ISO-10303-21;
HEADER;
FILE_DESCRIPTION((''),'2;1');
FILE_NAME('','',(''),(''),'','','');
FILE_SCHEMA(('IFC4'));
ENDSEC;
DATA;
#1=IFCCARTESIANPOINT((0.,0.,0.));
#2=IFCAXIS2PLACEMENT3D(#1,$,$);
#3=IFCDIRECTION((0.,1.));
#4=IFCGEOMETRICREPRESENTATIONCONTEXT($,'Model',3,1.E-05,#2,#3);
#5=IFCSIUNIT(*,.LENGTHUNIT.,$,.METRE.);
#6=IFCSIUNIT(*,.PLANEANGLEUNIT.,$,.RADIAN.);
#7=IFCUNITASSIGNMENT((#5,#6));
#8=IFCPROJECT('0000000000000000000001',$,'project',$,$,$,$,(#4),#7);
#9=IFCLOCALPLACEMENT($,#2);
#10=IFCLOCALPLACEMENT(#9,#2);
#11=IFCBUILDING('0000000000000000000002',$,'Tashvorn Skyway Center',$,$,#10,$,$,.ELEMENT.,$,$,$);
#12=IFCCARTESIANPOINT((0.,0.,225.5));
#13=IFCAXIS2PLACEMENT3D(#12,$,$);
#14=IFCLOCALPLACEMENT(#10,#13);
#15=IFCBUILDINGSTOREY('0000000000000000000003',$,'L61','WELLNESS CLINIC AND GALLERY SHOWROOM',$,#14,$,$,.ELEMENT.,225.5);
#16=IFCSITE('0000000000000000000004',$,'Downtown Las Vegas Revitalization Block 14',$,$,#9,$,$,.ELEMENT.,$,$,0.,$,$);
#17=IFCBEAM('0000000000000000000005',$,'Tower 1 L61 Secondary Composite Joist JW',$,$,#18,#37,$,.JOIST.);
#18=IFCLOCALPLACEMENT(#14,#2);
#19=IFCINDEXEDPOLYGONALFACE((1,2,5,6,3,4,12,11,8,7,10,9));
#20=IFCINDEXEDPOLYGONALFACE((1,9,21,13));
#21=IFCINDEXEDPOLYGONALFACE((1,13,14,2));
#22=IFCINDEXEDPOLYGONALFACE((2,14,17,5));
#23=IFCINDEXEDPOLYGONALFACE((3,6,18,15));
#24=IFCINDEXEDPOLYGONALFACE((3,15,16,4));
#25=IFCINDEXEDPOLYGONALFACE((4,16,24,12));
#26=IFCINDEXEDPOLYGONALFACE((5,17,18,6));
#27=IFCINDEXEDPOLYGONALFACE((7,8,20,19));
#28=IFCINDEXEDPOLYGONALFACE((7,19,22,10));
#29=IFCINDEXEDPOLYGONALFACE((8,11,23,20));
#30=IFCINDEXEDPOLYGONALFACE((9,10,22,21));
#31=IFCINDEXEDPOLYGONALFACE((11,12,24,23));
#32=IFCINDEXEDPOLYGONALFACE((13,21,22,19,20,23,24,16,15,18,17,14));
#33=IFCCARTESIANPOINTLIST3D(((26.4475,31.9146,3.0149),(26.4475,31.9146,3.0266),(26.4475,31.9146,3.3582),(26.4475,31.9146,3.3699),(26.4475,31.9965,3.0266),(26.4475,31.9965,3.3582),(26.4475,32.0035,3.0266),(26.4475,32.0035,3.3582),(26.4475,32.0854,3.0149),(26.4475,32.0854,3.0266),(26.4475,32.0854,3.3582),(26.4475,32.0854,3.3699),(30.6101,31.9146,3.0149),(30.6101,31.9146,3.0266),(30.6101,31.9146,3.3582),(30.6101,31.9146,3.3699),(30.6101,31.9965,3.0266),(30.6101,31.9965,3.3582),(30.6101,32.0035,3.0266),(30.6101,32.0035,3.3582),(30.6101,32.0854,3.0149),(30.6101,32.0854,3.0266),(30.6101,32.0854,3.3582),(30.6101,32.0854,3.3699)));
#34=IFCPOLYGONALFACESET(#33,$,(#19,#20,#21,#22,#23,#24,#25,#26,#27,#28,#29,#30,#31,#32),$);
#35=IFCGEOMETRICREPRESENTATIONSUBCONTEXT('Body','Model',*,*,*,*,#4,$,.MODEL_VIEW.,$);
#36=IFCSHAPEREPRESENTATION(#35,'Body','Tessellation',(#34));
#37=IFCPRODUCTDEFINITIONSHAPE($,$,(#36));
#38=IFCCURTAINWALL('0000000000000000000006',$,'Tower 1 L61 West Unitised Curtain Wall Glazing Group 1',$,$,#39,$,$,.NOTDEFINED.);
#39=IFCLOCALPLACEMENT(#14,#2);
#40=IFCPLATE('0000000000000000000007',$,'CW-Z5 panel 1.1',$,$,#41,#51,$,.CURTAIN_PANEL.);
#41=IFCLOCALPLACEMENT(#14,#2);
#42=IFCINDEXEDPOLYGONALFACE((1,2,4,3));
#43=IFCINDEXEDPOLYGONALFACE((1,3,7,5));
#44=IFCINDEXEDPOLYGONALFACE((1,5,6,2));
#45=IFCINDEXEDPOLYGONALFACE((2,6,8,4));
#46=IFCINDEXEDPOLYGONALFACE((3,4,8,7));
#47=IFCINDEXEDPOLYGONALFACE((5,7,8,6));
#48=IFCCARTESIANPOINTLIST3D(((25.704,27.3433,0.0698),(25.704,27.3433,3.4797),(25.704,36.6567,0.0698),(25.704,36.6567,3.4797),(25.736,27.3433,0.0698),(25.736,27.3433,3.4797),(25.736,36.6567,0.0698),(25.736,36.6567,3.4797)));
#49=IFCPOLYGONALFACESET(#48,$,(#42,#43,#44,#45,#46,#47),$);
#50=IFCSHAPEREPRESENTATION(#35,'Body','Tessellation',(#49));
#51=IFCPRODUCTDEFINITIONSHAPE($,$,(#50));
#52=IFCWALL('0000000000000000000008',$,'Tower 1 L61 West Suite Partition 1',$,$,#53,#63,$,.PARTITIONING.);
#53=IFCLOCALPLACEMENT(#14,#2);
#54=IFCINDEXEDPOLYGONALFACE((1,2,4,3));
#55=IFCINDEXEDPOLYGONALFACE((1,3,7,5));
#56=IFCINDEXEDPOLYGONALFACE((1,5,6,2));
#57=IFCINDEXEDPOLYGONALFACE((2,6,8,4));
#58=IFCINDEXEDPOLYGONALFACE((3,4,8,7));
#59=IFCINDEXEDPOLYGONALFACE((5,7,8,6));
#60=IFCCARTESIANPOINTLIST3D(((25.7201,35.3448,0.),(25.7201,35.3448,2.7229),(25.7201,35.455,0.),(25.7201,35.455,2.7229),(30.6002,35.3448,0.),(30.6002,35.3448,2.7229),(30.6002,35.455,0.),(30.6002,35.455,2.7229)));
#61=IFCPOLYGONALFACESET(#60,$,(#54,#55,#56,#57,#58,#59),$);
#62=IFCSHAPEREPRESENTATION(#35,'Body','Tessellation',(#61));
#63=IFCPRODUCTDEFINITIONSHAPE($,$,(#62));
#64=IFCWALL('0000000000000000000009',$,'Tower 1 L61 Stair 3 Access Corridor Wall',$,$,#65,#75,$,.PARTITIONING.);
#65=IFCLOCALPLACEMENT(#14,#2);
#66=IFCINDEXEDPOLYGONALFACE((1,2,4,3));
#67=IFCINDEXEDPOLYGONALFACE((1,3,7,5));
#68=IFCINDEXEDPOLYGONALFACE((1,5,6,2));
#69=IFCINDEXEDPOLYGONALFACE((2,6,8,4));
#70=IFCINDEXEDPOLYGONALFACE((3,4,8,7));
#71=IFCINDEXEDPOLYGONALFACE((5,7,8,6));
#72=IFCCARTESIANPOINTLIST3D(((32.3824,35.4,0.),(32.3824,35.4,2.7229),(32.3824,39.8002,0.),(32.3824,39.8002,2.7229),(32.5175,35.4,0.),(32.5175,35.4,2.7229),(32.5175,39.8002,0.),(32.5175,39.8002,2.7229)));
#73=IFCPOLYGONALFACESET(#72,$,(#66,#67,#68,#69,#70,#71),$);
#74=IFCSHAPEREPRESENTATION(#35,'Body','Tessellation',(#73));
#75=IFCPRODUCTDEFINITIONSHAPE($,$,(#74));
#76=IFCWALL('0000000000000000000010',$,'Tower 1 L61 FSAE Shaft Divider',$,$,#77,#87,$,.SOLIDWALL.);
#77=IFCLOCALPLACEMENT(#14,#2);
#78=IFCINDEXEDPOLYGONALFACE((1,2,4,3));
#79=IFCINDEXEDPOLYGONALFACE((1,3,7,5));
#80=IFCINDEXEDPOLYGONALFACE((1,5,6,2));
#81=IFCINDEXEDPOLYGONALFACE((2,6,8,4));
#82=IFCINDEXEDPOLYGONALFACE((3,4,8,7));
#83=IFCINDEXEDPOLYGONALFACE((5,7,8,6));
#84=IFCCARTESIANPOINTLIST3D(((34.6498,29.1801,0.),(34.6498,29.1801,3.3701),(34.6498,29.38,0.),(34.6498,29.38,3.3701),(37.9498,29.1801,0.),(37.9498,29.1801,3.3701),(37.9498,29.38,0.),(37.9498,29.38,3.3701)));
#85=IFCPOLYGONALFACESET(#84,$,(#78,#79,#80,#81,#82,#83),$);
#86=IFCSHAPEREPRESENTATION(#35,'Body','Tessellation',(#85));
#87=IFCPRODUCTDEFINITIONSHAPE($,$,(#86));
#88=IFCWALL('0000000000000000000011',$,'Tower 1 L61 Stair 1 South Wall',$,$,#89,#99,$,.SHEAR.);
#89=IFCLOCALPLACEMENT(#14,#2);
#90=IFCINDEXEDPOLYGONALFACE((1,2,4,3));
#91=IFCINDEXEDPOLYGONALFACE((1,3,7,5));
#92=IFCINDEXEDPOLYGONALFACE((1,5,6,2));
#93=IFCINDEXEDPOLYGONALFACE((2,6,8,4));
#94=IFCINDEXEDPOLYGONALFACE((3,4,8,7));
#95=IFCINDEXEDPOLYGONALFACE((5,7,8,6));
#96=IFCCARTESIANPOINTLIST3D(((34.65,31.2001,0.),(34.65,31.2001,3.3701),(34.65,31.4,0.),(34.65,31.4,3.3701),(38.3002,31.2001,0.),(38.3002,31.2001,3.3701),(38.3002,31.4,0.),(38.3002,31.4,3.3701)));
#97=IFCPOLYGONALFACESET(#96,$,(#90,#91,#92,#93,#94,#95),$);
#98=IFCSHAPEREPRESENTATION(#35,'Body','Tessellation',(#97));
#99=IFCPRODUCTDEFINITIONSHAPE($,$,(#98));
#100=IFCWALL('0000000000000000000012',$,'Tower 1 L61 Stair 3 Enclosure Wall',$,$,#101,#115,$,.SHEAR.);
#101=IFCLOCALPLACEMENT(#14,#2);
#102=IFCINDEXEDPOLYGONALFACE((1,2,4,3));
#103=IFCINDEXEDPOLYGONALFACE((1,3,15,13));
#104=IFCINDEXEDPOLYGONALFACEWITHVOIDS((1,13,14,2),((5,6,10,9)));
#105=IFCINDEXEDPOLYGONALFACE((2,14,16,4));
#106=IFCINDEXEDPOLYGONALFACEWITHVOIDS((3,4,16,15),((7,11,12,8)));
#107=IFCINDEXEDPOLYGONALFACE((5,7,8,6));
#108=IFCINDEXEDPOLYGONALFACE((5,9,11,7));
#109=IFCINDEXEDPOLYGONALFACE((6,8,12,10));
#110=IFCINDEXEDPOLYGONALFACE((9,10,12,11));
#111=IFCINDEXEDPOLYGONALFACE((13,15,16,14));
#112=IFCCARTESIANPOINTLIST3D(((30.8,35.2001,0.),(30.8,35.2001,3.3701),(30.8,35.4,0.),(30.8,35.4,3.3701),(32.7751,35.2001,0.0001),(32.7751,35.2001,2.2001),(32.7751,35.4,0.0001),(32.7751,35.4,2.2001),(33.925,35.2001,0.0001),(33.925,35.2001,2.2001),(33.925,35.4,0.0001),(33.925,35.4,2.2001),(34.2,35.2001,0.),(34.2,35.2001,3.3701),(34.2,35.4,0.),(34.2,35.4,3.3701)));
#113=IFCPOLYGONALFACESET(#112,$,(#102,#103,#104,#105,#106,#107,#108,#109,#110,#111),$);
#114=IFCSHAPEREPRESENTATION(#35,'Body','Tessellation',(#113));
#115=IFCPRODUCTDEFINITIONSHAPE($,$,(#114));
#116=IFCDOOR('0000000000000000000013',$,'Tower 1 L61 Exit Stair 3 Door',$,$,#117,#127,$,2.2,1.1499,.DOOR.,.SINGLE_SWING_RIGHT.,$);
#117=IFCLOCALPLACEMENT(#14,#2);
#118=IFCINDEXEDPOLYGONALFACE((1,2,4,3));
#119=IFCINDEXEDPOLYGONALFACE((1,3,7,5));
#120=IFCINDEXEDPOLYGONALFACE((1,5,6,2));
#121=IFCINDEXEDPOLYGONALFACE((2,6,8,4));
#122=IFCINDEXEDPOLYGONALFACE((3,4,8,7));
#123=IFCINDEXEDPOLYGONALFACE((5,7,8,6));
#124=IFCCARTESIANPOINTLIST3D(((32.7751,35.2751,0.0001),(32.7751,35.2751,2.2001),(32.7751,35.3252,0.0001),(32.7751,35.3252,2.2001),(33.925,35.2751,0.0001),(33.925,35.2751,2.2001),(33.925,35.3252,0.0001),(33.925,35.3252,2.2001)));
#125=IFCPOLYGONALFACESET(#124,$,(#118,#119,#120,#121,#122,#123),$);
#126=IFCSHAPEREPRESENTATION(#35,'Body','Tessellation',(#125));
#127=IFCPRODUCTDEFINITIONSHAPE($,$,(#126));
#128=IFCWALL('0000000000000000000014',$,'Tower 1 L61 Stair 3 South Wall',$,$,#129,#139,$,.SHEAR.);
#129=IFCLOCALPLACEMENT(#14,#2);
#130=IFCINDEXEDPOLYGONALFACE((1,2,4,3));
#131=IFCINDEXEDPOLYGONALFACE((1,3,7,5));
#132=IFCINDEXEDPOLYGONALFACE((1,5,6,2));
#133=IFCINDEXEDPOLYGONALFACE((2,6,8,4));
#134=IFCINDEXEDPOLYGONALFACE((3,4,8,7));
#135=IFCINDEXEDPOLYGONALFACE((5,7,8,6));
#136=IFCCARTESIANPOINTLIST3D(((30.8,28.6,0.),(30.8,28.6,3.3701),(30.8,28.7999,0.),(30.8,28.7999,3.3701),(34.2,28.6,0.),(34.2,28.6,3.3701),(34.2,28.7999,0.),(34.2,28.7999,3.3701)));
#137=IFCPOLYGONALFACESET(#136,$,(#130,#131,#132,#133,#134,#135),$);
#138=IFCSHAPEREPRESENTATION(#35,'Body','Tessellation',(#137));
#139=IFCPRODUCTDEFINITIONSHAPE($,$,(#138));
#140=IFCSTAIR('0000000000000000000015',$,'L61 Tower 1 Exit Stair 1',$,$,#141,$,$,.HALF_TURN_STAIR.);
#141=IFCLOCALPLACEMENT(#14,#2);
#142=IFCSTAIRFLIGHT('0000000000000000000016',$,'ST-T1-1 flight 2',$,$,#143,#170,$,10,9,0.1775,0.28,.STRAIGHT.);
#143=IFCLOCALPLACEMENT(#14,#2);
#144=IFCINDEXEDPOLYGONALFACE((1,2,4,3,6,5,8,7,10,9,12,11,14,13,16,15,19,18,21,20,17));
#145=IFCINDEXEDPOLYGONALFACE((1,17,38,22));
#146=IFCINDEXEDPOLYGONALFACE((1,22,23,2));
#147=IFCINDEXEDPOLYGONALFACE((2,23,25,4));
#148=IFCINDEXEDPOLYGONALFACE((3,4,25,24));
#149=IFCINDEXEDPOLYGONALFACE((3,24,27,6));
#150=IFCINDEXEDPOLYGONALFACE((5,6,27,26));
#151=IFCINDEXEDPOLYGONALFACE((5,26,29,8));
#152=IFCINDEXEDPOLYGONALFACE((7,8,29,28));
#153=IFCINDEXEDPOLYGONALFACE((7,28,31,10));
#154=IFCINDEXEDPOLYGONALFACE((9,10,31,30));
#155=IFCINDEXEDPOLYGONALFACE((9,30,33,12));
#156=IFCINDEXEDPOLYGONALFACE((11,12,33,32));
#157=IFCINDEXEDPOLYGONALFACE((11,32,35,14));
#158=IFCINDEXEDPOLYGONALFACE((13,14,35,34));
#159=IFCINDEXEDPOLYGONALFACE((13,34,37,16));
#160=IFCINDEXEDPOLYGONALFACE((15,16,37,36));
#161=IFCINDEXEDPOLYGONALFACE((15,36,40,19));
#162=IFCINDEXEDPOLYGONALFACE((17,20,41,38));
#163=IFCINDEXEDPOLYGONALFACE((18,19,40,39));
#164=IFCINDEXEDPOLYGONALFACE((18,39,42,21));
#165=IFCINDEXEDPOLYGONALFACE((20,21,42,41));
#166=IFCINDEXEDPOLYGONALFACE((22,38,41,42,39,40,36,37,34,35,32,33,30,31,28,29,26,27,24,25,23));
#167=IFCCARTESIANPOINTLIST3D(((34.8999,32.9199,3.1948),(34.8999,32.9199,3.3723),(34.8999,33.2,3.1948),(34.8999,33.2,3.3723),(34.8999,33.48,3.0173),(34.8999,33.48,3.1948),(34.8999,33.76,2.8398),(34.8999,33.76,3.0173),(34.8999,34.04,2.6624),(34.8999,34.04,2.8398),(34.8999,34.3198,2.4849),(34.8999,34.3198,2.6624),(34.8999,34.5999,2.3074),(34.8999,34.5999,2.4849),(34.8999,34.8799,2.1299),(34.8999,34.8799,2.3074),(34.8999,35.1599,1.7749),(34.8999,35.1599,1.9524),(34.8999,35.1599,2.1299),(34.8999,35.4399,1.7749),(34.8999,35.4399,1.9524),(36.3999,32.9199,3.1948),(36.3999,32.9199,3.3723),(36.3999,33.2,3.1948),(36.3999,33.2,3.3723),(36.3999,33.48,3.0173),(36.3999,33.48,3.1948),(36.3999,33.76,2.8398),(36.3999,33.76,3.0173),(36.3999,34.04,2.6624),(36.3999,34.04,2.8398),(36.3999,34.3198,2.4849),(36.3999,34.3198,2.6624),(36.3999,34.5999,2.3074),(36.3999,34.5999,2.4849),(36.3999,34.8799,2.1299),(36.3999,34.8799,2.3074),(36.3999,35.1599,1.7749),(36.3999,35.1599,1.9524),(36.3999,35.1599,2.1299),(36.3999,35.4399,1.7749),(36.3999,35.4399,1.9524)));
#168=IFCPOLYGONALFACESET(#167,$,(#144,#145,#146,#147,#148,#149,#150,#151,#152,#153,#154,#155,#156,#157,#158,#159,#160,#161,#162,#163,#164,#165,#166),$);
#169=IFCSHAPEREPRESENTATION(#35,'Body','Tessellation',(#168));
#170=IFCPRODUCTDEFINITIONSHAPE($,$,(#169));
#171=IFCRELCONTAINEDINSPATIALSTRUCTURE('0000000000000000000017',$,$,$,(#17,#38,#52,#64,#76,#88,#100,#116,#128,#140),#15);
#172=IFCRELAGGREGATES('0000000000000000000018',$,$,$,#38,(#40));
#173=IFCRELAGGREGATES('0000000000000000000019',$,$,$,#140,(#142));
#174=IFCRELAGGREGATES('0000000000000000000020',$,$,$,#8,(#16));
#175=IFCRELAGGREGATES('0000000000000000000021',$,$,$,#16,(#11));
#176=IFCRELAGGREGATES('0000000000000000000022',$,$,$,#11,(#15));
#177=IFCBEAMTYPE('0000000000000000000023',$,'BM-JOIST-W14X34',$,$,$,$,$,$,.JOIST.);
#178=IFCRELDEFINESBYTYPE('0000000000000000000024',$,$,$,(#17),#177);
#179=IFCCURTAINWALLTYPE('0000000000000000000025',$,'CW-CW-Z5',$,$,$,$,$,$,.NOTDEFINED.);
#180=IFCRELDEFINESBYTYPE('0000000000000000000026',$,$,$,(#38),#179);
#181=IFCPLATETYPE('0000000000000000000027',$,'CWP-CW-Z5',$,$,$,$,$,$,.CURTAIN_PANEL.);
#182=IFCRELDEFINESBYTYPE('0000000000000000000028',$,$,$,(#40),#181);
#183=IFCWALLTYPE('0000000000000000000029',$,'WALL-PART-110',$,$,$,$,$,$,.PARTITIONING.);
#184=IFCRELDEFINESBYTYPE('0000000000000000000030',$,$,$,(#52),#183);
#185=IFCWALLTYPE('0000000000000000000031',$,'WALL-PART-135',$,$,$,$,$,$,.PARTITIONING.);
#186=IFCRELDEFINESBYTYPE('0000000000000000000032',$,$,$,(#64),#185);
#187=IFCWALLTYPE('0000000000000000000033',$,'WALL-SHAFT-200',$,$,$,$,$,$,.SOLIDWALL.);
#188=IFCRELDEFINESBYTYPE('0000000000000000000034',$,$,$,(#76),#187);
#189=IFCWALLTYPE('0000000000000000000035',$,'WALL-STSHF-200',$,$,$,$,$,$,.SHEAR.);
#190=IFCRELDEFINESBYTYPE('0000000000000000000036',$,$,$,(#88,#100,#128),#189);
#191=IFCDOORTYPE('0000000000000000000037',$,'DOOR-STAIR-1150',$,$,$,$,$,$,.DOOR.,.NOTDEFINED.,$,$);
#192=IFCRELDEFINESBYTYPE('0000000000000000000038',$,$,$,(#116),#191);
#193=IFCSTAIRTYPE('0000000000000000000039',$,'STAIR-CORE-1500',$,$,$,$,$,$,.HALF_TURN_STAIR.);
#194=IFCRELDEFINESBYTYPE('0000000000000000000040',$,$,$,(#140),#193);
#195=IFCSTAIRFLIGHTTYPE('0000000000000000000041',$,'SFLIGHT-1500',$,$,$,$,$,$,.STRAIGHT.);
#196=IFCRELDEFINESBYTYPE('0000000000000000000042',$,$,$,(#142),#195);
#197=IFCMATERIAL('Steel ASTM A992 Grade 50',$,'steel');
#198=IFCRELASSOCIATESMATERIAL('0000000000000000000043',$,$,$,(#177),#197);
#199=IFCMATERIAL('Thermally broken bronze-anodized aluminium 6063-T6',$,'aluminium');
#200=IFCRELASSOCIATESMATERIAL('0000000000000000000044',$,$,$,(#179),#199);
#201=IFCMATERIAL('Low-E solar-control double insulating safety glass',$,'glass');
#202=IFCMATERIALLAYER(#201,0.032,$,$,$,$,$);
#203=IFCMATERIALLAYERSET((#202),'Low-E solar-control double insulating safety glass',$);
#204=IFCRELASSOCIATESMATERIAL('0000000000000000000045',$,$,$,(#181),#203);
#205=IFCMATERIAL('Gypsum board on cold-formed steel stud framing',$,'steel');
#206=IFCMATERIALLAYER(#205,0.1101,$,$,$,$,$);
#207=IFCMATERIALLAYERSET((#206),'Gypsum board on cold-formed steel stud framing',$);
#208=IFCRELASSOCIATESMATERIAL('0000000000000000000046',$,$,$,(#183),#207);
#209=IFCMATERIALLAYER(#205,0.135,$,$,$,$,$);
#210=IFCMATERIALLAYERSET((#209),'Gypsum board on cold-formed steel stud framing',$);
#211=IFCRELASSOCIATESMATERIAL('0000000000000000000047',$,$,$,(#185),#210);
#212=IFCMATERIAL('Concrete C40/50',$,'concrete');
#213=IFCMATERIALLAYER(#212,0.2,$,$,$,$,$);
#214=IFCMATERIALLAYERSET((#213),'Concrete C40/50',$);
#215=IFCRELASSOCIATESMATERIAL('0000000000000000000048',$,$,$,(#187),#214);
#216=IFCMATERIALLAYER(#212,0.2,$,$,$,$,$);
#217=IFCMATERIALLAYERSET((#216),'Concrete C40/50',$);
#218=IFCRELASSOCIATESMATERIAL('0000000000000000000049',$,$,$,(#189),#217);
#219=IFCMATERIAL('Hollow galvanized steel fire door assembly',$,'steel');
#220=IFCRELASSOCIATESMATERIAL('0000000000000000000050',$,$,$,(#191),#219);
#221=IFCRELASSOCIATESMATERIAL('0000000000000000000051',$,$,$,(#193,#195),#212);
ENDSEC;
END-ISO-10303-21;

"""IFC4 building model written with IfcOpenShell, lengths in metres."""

from ifc_helpers import new_model, si_unit, direction, frame, frame_2d, origin, origin_2d, place, context, subcontext, project, spatial, polyline, rectangle, i_section, outline, extrude, material, layer, layer_set, material_profile, profile_set, type_object, element, fill, aggregate, save


model = new_model("IFC4")

# Units and contexts
model_context = context("Model", 3, precision=1e-05, world=origin(), true_north=direction((0.0, 1.0)))
body_context = subcontext(model_context, "Body", "Model", "MODEL_VIEW")
ifc_project = project(units=[si_unit("LENGTHUNIT", "METRE"), si_unit("PLANEANGLEUNIT", "RADIAN")], contexts=[model_context])

# Site, building, storey
site_placement = place(None, origin())
site = spatial("IfcSite", under=ifc_project, at=site_placement, Name="Downtown Las Vegas Revitalization Block 14", CompositionType="ELEMENT", RefElevation=0.0)
building_placement = place(site_placement, origin())
building = spatial("IfcBuilding", under=site, at=building_placement, Name="Tashvorn Skyway Center", CompositionType="ELEMENT")
storey_placement = place(building_placement, frame((0.0, 0.0, 225.5)))
storey = spatial("IfcBuildingStorey", under=building, at=storey_placement, Name="L61", Description="WELLNESS CLINIC AND GALLERY SHOWROOM", CompositionType="ELEMENT", Elevation=225.5)

# Beam
ifc_material_1 = material(Name="Steel ASTM A992 Grade 50", Category="steel")
ifc_material_profile = material_profile(ifc_material_1, i_section(OverallWidth=0.1709, OverallDepth=0.355, WebThickness=0.0071, FlangeThickness=0.0117, at=origin_2d()), Name="W14X34")
ifc_profile_set = profile_set([ifc_material_profile], Name="Steel ASTM A992 Grade 50")
beam_type = type_object("IfcBeamType", Name="BM-JOIST-W14X34", PredefinedType="JOIST", material=ifc_profile_set)
beam_placement = place(storey_placement, frame((30.6101, 32.0, 3.1924), z_axis=(-1.0, 0.0, 0.0), x_axis=(0.0, -1.0, 0.0)))
element("IfcBeam", 1, at=beam_placement, inside=storey, type_object=beam_type, Name="Tower 1 L61 Secondary Composite Joist JW", PredefinedType="JOIST", context=body_context, shape_type="SweptSolid", body=[
    extrude(i_section(OverallWidth=0.1709, OverallDepth=0.355, WebThickness=0.0071, FlangeThickness=0.0117, at=origin_2d()), origin(), (0.0, 0.0, 1.0), 4.1626),
])

# Curtain wall, plate
ifc_material_2 = material(Name="Thermally broken bronze-anodized aluminium 6063-T6", Category="aluminium")
curtain_wall_type = type_object("IfcCurtainWallType", Name="CW-CW-Z5", PredefinedType="NOTDEFINED", material=ifc_material_2)
curtain_wall_placement = place(storey_placement, origin())
curtain_wall = element("IfcCurtainWall", 2, at=curtain_wall_placement, inside=storey, type_object=curtain_wall_type, Name="Tower 1 L61 West Unitised Curtain Wall Glazing Group 1", PredefinedType="NOTDEFINED")
ifc_material_3 = material(Name="Low-E solar-control double insulating safety glass", Category="glass")
ifc_layer_1 = layer(ifc_material_3, 0.032)
ifc_layer_set_1 = layer_set([ifc_layer_1], Name="Low-E solar-control double insulating safety glass")
plate_type = type_object("IfcPlateType", Name="CWP-CW-Z5", PredefinedType="CURTAIN_PANEL", material=ifc_layer_set_1)
plate_placement = place(storey_placement, frame((25.72, 32.0, 0.0698), z_axis=(0.0, 0.0, 1.0), x_axis=(0.0, 1.0, 0.0)))
plate = element("IfcPlate", 3, at=plate_placement, type_object=plate_type, Name="CW-Z5 panel 1.1", PredefinedType="CURTAIN_PANEL", context=body_context, shape_type="SweptSolid", body=[
    extrude(rectangle(XDim=9.3135, YDim=0.032, at=origin_2d()), origin(), (0.0, 0.0, 1.0), 3.4099),
])
aggregate(curtain_wall, [plate])

# Walls
ifc_material_4 = material(Name="Gypsum board on cold-formed steel stud framing", Category="steel")
ifc_layer_2 = layer(ifc_material_4, 0.1101)
ifc_layer_set_2 = layer_set([ifc_layer_2], Name="Gypsum board on cold-formed steel stud framing")
wall_type_1 = type_object("IfcWallType", Name="WALL-PART-110", PredefinedType="PARTITIONING", material=ifc_layer_set_2)
wall_1_placement = place(storey_placement, frame((30.6001, 35.3999, 0.0), z_axis=(0.0, 0.0, 1.0), x_axis=(-1.0, 0.0, 0.0)))
element("IfcWall", 4, at=wall_1_placement, inside=storey, type_object=wall_type_1, Name="Tower 1 L61 West Suite Partition 1", PredefinedType="PARTITIONING", context=body_context, shape_type="SweptSolid", body=[
    extrude(rectangle(XDim=4.8801, YDim=0.1101, at=frame_2d((2.4399, 0.0))), origin(), (0.0, 0.0, 1.0), 2.7229),
])
ifc_layer_3 = layer(ifc_material_4, 0.135)
ifc_layer_set_3 = layer_set([ifc_layer_3], Name="Gypsum board on cold-formed steel stud framing")
wall_type_2 = type_object("IfcWallType", Name="WALL-PART-135", PredefinedType="PARTITIONING", material=ifc_layer_set_3)
wall_2_placement = place(storey_placement, frame((32.45, 35.3999, 0.0), z_axis=(0.0, 0.0, 1.0), x_axis=(0.0, 1.0, 0.0)))
element("IfcWall", 5, at=wall_2_placement, inside=storey, type_object=wall_type_2, Name="Tower 1 L61 Stair 3 Access Corridor Wall", PredefinedType="PARTITIONING", context=body_context, shape_type="SweptSolid", body=[
    extrude(rectangle(XDim=4.4001, YDim=0.135, at=frame_2d((2.2002, 0.0))), origin(), (0.0, 0.0, 1.0), 2.7229),
])
ifc_material_5 = material(Name="Concrete C40/50", Category="concrete")
ifc_layer_4 = layer(ifc_material_5, 0.2)
ifc_layer_set_4 = layer_set([ifc_layer_4], Name="Concrete C40/50")
wall_type_3 = type_object("IfcWallType", Name="WALL-SHAFT-200", PredefinedType="SOLIDWALL", material=ifc_layer_set_4)
wall_3_placement = place(storey_placement, frame((34.6499, 29.28, 0.0), z_axis=(0.0, 0.0, 1.0), x_axis=(1.0, 0.0, 0.0)))
element("IfcWall", 6, at=wall_3_placement, inside=storey, type_object=wall_type_3, Name="Tower 1 L61 FSAE Shaft Divider", PredefinedType="SOLIDWALL", context=body_context, shape_type="SweptSolid", body=[
    extrude(rectangle(XDim=3.3, YDim=0.2, at=frame_2d((1.6499, 0.0))), origin(), (0.0, 0.0, 1.0), 3.3701),
])
ifc_layer_5 = layer(ifc_material_5, 0.2)
ifc_layer_set_5 = layer_set([ifc_layer_5], Name="Concrete C40/50")
wall_type_4 = type_object("IfcWallType", Name="WALL-STSHF-200", PredefinedType="SHEAR", material=ifc_layer_set_5)
wall_4_placement = place(storey_placement, frame((34.6499, 31.3, 0.0), z_axis=(0.0, 0.0, 1.0), x_axis=(1.0, 0.0, 0.0)))
element("IfcWall", 7, at=wall_4_placement, inside=storey, type_object=wall_type_4, Name="Tower 1 L61 Stair 1 South Wall", PredefinedType="SHEAR", context=body_context, shape_type="SweptSolid", body=[
    extrude(rectangle(XDim=3.6501, YDim=0.2, at=frame_2d((1.8252, 0.0))), origin(), (0.0, 0.0, 1.0), 3.3701),
])

# Wall, opening, door
wall_5_placement = place(storey_placement, frame((34.2, 35.3, 0.0), z_axis=(0.0, 0.0, 1.0), x_axis=(-1.0, 0.0, 0.0)))
wall_5 = element("IfcWall", 8, at=wall_5_placement, inside=storey, type_object=wall_type_4, Name="Tower 1 L61 Stair 3 Enclosure Wall", PredefinedType="SHEAR", context=body_context, shape_type="SweptSolid", body=[
    extrude(rectangle(XDim=3.3999, YDim=0.2, at=frame_2d((1.7, 0.0))), origin(), (0.0, 0.0, 1.0), 3.3701),
])
opening_placement = place(wall_5_placement, frame((0.2749, 0.0, 0.0)))
opening = element("IfcOpeningElement", 9, at=opening_placement, cuts=wall_5, PredefinedType="OPENING", context=body_context, shape_type="SweptSolid", body=[
    extrude(rectangle(XDim=1.1499, YDim=2.2, at=frame_2d((0.575, 1.1001))), frame((0.0, 0.1099, 0.0), z_axis=(0.0, -1.0, 0.0), x_axis=(1.0, 0.0, 0.0)), (0.0, 0.0, 1.0), 0.22),
])
ifc_material_6 = material(Name="Hollow galvanized steel fire door assembly", Category="steel")
door_type = type_object("IfcDoorType", Name="DOOR-STAIR-1150", OperationType="NOTDEFINED", PredefinedType="DOOR", material=ifc_material_6)
door_placement = place(opening_placement, origin())
door = element("IfcDoor", 10, at=door_placement, inside=storey, type_object=door_type, Name="Tower 1 L61 Exit Stair 3 Door", OperationType="SINGLE_SWING_RIGHT", OverallHeight=2.2, OverallWidth=1.1499, PredefinedType="DOOR", context=body_context, shape_type="SweptSolid", body=[
    extrude(rectangle(XDim=1.1499, YDim=2.2, at=frame_2d((0.575, 1.1001))), frame((0.0, 0.0249, 0.0), z_axis=(0.0, -1.0, 0.0), x_axis=(1.0, 0.0, 0.0)), (0.0, 0.0, 1.0), 0.05),
])
fill(opening, door)

# Wall
wall_6_placement = place(storey_placement, frame((30.8, 28.7, 0.0), z_axis=(0.0, 0.0, 1.0), x_axis=(1.0, 0.0, 0.0)))
element("IfcWall", 11, at=wall_6_placement, inside=storey, type_object=wall_type_4, Name="Tower 1 L61 Stair 3 South Wall", PredefinedType="SHEAR", context=body_context, shape_type="SweptSolid", body=[
    extrude(rectangle(XDim=3.3999, YDim=0.2, at=frame_2d((1.7, 0.0))), origin(), (0.0, 0.0, 1.0), 3.3701),
])

# Stair, stair flight
stair_type = type_object("IfcStairType", Name="STAIR-CORE-1500", PredefinedType="HALF_TURN_STAIR", material=ifc_material_5)
stair_1_placement = place(storey_placement, origin())
stair_1 = element("IfcStair", 12, at=stair_1_placement, inside=storey, type_object=stair_type, Name="L61 Tower 1 Exit Stair 1", PredefinedType="HALF_TURN_STAIR")
stair_flight_type = type_object("IfcStairFlightType", Name="SFLIGHT-1500", PredefinedType="STRAIGHT", material=ifc_material_5)
stair_flight_1_placement = place(storey_placement, frame((35.6499, 35.4399, 1.7749), z_axis=(0.0, 0.0, 1.0), x_axis=(0.0, -1.0, 0.0)))
stair_flight_1 = element("IfcStairFlight", 13, at=stair_flight_1_placement, type_object=stair_flight_type, Name="ST-T1-1 flight 2", NumberOfRisers=10, NumberOfTreads=9, PredefinedType="STRAIGHT", RiserHeight=0.1775, TreadLength=0.28, context=body_context, shape_type="SweptSolid", body=[
    extrude(outline(polyline([(0.0, 0.0), (0.0, 0.1775), (0.28, 0.1775), (0.28, 0.355), (0.5601, 0.355), (0.5601, 0.5325), (0.8401, 0.5325), (0.8401, 0.71), (1.1201, 0.71), (1.1201, 0.8875), (1.3999, 0.8875), (1.3999, 1.0649), (1.6799, 1.0649), (1.6799, 1.2424), (1.96, 1.2424), (1.96, 1.4199), (2.24, 1.4199), (2.24, 1.5974), (2.52, 1.5974), (2.52, 1.7749), (2.52, 1.4199), (0.28, 0.0), (0.0, 0.0)])), frame((0.0, 0.75, 0.0), z_axis=(0.0, -1.0, 0.0), x_axis=(1.0, 0.0, 0.0)), (0.0, 0.0, 1.0), 1.5),
])
aggregate(stair_1, [stair_flight_1])

save(model, "model.ifc")
